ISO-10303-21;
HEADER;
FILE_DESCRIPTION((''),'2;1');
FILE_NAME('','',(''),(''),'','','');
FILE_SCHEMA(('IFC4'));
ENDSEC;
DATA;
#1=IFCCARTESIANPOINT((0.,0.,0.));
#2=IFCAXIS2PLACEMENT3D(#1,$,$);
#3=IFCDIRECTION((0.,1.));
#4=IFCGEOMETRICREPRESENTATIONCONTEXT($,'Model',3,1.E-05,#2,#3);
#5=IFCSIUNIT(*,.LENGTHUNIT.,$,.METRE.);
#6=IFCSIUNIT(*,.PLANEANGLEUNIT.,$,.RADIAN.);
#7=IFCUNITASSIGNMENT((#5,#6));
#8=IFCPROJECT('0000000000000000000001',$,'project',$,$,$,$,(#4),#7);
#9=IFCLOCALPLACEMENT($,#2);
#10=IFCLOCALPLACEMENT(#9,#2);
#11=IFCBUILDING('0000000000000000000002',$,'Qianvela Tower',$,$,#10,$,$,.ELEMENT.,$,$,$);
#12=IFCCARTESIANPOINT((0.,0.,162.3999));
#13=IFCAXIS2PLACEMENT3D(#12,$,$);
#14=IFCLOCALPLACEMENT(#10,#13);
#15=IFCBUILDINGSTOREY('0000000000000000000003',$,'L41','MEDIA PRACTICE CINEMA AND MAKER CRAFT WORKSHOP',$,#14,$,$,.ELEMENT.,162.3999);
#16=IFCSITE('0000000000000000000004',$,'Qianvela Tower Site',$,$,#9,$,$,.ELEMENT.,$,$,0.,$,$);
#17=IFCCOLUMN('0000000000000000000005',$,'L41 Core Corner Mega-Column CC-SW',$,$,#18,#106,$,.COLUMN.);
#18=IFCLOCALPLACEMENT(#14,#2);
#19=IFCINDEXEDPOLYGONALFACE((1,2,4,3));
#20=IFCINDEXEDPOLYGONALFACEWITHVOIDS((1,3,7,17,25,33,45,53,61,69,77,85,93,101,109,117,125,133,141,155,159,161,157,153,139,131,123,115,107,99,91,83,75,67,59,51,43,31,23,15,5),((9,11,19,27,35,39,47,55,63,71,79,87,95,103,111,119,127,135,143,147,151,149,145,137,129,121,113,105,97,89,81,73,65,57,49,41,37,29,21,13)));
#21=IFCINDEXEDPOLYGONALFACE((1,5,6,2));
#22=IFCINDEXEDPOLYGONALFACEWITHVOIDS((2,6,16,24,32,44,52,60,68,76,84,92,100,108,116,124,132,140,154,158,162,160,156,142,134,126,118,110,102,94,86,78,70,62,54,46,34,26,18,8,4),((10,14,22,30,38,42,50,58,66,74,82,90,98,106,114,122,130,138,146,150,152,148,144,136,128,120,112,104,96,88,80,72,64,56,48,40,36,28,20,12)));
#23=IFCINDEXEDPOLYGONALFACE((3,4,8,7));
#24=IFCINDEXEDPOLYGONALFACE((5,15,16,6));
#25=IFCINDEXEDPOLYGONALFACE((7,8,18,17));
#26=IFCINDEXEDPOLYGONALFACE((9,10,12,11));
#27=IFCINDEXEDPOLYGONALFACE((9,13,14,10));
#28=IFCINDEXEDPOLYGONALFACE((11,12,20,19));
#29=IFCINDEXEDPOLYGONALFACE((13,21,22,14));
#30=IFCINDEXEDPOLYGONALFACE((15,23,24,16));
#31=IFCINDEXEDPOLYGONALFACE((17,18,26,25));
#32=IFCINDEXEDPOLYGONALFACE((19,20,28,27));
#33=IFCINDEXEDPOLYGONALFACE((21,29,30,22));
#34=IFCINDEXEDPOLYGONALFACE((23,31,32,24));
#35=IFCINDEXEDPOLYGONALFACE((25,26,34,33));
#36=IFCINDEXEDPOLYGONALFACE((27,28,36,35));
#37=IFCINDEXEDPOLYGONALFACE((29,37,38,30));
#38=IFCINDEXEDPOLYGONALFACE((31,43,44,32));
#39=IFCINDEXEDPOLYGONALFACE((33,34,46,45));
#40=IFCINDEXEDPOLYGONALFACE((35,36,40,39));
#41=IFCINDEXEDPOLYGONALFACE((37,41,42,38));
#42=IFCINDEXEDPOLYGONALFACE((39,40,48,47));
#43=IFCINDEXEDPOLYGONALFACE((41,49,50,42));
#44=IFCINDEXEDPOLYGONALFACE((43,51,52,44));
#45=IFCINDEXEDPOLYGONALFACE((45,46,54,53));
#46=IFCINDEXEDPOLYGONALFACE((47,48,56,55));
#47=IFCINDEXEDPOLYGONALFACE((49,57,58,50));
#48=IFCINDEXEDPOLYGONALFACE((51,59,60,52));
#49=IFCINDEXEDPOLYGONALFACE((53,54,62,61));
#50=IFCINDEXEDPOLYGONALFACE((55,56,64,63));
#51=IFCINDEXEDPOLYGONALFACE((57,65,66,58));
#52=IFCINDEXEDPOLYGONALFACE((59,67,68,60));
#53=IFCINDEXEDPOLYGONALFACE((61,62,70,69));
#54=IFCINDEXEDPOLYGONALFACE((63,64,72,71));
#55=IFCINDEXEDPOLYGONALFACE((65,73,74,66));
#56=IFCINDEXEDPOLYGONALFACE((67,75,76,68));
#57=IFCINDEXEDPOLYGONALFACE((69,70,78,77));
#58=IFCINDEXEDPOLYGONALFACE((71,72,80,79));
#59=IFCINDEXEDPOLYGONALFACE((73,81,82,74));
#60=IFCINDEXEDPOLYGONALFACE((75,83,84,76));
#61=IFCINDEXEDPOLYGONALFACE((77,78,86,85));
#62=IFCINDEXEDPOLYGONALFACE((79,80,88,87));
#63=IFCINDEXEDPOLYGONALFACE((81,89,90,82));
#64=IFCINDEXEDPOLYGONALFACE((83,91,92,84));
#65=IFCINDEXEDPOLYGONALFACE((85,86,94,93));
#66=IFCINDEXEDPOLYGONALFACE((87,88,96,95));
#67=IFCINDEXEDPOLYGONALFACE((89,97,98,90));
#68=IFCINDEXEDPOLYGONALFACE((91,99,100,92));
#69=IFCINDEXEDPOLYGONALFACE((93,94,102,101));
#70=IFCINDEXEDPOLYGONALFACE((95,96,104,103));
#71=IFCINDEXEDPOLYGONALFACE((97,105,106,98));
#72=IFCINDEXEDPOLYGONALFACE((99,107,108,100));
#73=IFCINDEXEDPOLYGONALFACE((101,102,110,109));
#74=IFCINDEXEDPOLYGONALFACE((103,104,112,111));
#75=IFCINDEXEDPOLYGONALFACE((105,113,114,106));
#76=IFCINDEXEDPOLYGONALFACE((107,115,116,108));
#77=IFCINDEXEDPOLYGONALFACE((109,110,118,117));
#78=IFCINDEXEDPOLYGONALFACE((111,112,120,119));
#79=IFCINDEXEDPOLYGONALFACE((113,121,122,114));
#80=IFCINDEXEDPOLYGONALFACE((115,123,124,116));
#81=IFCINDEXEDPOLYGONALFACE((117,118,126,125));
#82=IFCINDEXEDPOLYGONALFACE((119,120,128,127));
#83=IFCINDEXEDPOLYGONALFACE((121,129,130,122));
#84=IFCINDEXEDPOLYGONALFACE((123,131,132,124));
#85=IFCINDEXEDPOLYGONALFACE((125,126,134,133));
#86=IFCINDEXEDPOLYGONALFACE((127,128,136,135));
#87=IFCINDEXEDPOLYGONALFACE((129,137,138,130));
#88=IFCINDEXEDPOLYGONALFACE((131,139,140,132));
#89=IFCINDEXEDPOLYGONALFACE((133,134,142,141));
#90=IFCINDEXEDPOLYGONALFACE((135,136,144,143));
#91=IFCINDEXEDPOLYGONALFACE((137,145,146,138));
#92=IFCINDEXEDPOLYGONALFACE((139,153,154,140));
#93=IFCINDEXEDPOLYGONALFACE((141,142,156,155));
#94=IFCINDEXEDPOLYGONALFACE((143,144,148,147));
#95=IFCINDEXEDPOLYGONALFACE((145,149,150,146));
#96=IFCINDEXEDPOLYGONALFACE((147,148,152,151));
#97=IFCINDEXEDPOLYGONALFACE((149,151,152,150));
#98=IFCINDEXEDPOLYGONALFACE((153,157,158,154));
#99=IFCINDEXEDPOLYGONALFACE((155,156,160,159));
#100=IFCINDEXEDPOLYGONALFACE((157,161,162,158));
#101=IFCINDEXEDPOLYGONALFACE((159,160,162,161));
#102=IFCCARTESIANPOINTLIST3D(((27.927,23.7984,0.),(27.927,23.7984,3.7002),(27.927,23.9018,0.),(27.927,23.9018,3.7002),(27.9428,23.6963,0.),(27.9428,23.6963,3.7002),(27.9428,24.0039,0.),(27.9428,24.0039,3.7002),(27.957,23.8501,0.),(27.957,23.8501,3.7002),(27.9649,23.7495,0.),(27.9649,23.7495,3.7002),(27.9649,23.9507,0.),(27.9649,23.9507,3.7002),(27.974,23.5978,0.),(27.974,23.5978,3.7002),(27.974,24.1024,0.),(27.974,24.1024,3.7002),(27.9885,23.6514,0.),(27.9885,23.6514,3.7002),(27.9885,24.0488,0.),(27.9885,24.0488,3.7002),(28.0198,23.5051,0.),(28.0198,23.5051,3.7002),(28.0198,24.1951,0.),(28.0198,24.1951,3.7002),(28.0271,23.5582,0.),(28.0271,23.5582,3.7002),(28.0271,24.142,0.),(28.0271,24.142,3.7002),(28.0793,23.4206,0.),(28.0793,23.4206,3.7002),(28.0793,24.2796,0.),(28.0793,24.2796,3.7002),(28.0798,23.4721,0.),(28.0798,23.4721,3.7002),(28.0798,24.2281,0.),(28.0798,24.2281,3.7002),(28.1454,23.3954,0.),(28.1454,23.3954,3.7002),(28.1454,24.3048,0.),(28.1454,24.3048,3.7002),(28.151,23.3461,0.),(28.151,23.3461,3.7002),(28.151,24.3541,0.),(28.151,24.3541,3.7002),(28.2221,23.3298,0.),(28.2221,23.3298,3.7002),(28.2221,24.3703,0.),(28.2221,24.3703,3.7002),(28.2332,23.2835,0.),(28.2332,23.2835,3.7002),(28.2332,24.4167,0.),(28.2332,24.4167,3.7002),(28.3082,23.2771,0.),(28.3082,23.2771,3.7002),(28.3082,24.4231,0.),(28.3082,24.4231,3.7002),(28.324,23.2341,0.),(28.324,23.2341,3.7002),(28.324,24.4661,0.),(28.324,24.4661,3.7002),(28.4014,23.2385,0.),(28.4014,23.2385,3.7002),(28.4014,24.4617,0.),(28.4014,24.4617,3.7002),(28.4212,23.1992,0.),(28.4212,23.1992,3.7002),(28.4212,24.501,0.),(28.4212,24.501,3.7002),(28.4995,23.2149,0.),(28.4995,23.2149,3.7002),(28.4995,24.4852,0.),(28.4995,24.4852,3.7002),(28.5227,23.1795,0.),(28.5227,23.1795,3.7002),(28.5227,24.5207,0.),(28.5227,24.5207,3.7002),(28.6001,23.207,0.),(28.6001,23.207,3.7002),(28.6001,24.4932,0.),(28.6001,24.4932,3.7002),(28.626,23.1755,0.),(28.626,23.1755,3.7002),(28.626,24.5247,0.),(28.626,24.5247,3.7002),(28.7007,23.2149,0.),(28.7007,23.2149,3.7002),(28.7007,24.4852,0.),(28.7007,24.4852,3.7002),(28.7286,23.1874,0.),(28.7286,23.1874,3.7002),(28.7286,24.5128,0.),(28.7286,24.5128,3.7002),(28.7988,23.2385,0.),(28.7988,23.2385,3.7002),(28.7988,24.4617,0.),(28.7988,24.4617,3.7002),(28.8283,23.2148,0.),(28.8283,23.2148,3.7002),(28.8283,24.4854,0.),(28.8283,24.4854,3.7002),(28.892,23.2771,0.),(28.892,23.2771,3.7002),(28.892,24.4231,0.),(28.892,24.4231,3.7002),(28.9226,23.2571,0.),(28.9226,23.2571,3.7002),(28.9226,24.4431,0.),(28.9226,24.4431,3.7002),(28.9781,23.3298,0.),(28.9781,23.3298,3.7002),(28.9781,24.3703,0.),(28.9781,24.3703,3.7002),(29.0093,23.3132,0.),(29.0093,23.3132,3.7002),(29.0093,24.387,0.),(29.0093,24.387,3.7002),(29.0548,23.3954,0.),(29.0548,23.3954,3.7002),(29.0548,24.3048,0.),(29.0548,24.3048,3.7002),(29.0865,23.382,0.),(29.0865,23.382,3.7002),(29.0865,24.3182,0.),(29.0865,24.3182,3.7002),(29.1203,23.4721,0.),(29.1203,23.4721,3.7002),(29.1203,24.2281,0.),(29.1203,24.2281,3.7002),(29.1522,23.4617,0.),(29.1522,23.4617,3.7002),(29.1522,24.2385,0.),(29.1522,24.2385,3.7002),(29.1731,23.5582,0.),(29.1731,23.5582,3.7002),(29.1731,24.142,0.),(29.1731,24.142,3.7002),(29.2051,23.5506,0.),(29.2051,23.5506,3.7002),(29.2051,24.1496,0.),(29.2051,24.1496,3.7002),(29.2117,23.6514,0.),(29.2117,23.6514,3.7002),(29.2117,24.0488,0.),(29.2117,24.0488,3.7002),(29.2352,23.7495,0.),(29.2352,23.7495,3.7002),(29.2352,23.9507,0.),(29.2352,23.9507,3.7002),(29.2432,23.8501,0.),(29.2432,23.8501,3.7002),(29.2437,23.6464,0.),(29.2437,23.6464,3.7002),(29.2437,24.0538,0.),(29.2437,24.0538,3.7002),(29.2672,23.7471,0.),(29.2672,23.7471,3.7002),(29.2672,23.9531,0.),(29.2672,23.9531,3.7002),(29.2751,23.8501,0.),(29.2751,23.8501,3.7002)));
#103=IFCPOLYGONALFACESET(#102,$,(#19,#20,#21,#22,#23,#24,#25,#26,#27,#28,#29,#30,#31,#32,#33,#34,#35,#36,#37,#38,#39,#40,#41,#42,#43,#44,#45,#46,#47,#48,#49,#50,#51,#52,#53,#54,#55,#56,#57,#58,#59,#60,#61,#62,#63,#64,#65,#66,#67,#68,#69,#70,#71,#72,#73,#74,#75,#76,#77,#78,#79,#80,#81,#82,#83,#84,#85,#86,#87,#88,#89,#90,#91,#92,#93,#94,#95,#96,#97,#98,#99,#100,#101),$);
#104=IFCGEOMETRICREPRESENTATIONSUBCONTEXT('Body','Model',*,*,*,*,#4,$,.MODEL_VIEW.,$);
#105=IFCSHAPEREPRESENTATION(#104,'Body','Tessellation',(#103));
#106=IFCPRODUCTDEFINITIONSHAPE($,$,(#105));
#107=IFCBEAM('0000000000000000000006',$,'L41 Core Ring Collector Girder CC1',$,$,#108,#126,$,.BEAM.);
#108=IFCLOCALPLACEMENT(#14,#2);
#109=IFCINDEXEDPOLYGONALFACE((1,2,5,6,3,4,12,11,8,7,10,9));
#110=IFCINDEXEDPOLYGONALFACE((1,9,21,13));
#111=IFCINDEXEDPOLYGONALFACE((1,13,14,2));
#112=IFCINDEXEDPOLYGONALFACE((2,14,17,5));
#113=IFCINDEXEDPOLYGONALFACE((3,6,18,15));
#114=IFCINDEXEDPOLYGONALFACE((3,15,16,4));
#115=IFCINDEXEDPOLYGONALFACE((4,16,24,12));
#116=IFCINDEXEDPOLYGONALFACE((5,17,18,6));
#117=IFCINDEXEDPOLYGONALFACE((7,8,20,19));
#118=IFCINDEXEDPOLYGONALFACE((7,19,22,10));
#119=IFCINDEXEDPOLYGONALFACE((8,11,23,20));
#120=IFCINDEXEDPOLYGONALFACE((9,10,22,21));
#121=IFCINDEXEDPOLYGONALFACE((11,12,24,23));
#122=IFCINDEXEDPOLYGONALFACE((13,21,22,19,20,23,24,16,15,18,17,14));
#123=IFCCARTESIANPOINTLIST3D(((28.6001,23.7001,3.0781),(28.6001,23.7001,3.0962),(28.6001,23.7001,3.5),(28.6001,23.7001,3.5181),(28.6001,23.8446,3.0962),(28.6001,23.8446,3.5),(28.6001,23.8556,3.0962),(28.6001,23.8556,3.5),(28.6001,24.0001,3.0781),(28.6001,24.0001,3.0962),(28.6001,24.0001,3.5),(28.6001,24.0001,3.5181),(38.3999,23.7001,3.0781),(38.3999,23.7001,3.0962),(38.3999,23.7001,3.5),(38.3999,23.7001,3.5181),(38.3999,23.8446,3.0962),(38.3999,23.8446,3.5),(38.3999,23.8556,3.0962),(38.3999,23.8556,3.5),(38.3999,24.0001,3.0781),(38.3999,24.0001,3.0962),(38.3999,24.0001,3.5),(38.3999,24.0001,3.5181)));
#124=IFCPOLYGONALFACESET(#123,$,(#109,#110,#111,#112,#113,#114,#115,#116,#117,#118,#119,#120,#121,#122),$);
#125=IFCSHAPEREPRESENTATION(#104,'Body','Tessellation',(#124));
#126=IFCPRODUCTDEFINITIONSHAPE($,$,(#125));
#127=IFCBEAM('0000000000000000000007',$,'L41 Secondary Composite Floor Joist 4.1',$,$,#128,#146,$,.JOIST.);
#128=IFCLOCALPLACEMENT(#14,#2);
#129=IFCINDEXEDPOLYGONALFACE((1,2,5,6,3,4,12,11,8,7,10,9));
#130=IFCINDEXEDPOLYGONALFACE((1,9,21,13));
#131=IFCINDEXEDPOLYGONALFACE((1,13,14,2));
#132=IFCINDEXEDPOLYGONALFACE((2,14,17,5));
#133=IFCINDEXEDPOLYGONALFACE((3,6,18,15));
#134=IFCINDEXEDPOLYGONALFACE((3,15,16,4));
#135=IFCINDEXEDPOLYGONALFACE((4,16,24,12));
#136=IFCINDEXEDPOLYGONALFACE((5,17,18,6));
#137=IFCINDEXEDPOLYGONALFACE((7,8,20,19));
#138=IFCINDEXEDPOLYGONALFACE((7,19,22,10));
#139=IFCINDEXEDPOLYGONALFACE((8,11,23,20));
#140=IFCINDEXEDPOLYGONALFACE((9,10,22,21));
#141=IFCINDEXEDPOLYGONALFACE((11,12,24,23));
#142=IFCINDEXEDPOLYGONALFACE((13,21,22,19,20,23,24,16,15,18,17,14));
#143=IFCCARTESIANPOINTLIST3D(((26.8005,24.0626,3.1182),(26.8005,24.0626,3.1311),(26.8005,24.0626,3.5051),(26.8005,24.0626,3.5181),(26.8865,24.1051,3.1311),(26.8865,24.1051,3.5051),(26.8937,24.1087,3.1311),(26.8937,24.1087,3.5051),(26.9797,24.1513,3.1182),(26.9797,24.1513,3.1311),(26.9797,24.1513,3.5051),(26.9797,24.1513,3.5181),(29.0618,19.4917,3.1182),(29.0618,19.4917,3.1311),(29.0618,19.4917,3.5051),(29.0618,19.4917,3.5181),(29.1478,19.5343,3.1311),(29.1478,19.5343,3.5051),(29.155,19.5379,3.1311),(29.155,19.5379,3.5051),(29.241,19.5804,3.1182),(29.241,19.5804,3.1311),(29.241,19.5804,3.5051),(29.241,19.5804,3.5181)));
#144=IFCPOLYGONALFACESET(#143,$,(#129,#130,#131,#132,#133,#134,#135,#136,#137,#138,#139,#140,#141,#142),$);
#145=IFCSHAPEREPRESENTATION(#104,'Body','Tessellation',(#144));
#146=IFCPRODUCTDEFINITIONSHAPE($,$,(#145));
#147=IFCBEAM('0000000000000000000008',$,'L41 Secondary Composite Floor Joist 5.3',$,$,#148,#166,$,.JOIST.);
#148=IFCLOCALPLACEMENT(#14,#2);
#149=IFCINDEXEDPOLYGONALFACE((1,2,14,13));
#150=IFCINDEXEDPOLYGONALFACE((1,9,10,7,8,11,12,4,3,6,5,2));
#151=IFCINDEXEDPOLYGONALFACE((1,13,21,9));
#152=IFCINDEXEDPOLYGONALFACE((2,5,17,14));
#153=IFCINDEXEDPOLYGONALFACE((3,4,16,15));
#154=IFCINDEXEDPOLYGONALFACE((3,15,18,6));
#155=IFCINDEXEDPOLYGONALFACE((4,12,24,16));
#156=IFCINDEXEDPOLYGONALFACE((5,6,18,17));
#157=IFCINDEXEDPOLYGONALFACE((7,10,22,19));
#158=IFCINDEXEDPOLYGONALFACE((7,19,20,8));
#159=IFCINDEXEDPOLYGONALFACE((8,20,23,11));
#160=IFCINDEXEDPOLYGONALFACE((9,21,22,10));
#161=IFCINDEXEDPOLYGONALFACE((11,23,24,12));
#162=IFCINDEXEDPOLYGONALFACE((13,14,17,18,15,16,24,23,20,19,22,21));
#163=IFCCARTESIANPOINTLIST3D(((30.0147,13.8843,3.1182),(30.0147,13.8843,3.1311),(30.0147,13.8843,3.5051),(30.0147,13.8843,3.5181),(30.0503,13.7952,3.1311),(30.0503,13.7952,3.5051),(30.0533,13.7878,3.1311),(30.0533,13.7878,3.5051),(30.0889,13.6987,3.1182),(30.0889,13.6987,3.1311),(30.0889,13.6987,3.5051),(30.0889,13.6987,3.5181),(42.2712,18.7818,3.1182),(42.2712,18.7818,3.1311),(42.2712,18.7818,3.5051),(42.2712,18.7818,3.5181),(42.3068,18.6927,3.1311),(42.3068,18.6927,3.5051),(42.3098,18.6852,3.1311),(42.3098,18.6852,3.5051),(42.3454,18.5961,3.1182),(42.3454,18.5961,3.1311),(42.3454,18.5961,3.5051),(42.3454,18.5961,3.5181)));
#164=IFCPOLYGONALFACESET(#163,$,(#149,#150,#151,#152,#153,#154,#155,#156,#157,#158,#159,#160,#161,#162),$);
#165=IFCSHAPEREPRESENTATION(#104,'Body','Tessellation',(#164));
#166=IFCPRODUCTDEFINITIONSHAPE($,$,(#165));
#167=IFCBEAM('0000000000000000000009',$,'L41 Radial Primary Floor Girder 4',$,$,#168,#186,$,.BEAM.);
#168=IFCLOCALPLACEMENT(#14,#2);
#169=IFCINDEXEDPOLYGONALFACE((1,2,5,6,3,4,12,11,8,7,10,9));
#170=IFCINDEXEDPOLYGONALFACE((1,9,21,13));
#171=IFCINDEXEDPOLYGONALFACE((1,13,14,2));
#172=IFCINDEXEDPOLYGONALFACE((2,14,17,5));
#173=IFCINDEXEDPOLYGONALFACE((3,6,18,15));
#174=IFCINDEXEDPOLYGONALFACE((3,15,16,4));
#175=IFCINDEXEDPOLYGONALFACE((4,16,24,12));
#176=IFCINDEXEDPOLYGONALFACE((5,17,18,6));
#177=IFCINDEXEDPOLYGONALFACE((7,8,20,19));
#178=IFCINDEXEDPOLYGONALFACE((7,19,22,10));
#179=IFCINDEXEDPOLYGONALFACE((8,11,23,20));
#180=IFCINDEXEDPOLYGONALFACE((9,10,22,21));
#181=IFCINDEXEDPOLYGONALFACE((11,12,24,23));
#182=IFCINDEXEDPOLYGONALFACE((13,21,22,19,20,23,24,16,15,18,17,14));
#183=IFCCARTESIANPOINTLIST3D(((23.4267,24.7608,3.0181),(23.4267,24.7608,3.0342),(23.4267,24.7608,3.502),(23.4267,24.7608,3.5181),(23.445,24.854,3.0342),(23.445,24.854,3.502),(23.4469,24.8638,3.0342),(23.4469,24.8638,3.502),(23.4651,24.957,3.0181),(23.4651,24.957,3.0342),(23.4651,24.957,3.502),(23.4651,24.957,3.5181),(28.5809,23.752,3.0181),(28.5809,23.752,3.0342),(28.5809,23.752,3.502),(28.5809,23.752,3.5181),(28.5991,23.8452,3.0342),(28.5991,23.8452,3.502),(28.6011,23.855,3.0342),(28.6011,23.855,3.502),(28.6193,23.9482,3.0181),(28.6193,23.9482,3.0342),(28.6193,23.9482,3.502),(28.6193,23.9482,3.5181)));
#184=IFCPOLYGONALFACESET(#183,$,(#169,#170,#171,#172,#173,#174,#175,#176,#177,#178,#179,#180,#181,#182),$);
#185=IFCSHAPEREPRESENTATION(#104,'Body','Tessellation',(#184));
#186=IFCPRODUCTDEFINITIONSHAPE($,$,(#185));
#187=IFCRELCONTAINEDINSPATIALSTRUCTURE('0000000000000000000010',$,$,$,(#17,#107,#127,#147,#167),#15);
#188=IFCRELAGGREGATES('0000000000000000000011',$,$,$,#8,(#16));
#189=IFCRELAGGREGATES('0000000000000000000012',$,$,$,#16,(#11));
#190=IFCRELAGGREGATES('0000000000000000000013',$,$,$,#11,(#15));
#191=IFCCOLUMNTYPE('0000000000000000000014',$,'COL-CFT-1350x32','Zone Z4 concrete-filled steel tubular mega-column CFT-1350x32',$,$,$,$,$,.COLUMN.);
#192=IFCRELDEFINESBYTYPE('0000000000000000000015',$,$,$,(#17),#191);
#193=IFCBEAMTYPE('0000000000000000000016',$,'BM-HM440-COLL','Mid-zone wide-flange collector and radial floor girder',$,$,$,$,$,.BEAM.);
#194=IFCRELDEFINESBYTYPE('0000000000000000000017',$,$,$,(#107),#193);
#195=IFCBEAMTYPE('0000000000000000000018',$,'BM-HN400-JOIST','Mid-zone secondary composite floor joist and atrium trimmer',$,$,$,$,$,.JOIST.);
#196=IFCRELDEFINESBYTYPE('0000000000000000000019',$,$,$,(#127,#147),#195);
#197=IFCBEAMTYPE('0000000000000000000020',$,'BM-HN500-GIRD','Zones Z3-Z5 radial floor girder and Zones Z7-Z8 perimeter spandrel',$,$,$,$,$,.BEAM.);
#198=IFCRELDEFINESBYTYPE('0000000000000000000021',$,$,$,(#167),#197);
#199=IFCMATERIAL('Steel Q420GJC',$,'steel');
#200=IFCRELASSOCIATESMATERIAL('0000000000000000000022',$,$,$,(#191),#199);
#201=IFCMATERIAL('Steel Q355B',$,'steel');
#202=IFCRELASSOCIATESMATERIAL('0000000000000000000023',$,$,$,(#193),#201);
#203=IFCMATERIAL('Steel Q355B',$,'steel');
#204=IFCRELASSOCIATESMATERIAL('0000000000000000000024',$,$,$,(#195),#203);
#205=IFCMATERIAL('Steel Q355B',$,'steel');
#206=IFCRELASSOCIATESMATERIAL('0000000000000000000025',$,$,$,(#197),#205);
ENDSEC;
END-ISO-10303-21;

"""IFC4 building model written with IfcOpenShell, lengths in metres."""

from ifc_helpers import new_model, si_unit, direction, frame, origin, origin_2d, place, context, subcontext, project, spatial, hollow_circle, i_section, extrude, material, material_profile, profile_set, type_object, element, save


model = new_model("IFC4")

# Units and contexts
model_context = context("Model", 3, precision=1e-05, world=origin(), true_north=direction((0.0, 1.0)))
body_context = subcontext(model_context, "Body", "Model", "MODEL_VIEW")
ifc_project = project(units=[si_unit("LENGTHUNIT", "METRE"), si_unit("PLANEANGLEUNIT", "RADIAN")], contexts=[model_context])

# Site, building, storey
site_placement = place(None, origin())
site = spatial("IfcSite", under=ifc_project, at=site_placement, Name="Qianvela Tower Site", CompositionType="ELEMENT", RefElevation=0.0)
building_placement = place(site_placement, origin())
building = spatial("IfcBuilding", under=site, at=building_placement, Name="Qianvela Tower", CompositionType="ELEMENT")
storey_placement = place(building_placement, frame((0.0, 0.0, 162.3999)))
storey = spatial("IfcBuildingStorey", under=building, at=storey_placement, Name="L41", Description="MEDIA PRACTICE CINEMA AND MAKER CRAFT WORKSHOP", CompositionType="ELEMENT", Elevation=162.3999)

# Column
ifc_material_1 = material(Name="Steel Q420GJC", Category="steel")
ifc_material_profile_1 = material_profile(ifc_material_1, hollow_circle(Radius=0.675, WallThickness=0.032, at=origin_2d()), Name="CFT-1350x32")
ifc_profile_set_1 = profile_set([ifc_material_profile_1], Name="Steel Q420GJC")
column_type = type_object("IfcColumnType", Name="COL-CFT-1350x32", Description="Zone Z4 concrete-filled steel tubular mega-column CFT-1350x32", PredefinedType="COLUMN", material=ifc_profile_set_1)
column_placement = place(storey_placement, frame((28.6001, 23.8501, 0.0), z_axis=(0.0, 0.0, 1.0), x_axis=(1.0, 0.0, 0.0)))
element("IfcColumn", 1, at=column_placement, inside=storey, type_object=column_type, Name="L41 Core Corner Mega-Column CC-SW", PredefinedType="COLUMN", context=body_context, shape_type="SweptSolid", body=[
    extrude(hollow_circle(Radius=0.675, WallThickness=0.032, at=origin_2d()), origin(), (0.0, 0.0, 1.0), 3.7002),
])

# Beams
ifc_material_2 = material(Name="Steel Q355B", Category="steel")
ifc_material_profile_2 = material_profile(ifc_material_2, i_section(OverallWidth=0.3, OverallDepth=0.4399, WebThickness=0.011, FlangeThickness=0.0181, at=origin_2d()), Name="HM440x300x11x18")
ifc_profile_set_2 = profile_set([ifc_material_profile_2], Name="Steel Q355B")
beam_type_1 = type_object("IfcBeamType", Name="BM-HM440-COLL", Description="Mid-zone wide-flange collector and radial floor girder", PredefinedType="BEAM", material=ifc_profile_set_2)
beam_1_placement = place(storey_placement, frame((28.6001, 23.8501, 3.2981), z_axis=(1.0, 0.0, 0.0), x_axis=(0.0, 1.0, 0.0)))
element("IfcBeam", 2, at=beam_1_placement, inside=storey, type_object=beam_type_1, Name="L41 Core Ring Collector Girder CC1", PredefinedType="BEAM", context=body_context, shape_type="SweptSolid", body=[
    extrude(i_section(OverallWidth=0.3, OverallDepth=0.4399, WebThickness=0.011, FlangeThickness=0.0181, at=origin_2d()), origin(), (0.0, 0.0, 1.0), 9.7998),
])
ifc_material_3 = material(Name="Steel Q355B", Category="steel")
ifc_material_profile_3 = material_profile(ifc_material_3, i_section(OverallWidth=0.2, OverallDepth=0.3999, WebThickness=0.0081, FlangeThickness=0.0129, at=origin_2d()), Name="HN400x200x8x13")
ifc_profile_set_3 = profile_set([ifc_material_profile_3], Name="Steel Q355B")
beam_type_2 = type_object("IfcBeamType", Name="BM-HN400-JOIST", Description="Mid-zone secondary composite floor joist and atrium trimmer", PredefinedType="JOIST", material=ifc_profile_set_3)
beam_2_placement = place(storey_placement, frame((26.8901, 24.1069, 3.3181), z_axis=(0.443418, -0.896315, 0.0), x_axis=(0.896315, 0.443418, 0.0)))
element("IfcBeam", 3, at=beam_2_placement, inside=storey, type_object=beam_type_2, Name="L41 Secondary Composite Floor Joist 4.1", PredefinedType="JOIST", context=body_context, shape_type="SweptSolid", body=[
    extrude(i_section(OverallWidth=0.2, OverallDepth=0.3999, WebThickness=0.0081, FlangeThickness=0.0129, at=origin_2d()), origin(), (0.0, 0.0, 1.0), 5.0996),
])
beam_3_placement = place(storey_placement, frame((30.0518, 13.7915, 3.3181), z_axis=(0.928612, 0.371053, 0.0), x_axis=(-0.371053, 0.928612, 0.0)))
element("IfcBeam", 4, at=beam_3_placement, inside=storey, type_object=beam_type_2, Name="L41 Secondary Composite Floor Joist 5.3", PredefinedType="JOIST", context=body_context, shape_type="SweptSolid", body=[
    extrude(i_section(OverallWidth=0.2, OverallDepth=0.3999, WebThickness=0.0081, FlangeThickness=0.0129, at=origin_2d()), origin(), (0.0, 0.0, 1.0), 13.1987),
])
ifc_material_4 = material(Name="Steel Q355B", Category="steel")
ifc_material_profile_4 = material_profile(ifc_material_4, i_section(OverallWidth=0.2, OverallDepth=0.5, WebThickness=0.01, FlangeThickness=0.0161, at=origin_2d()), Name="HN500x200x10x16")
ifc_profile_set_4 = profile_set([ifc_material_profile_4], Name="Steel Q355B")
beam_type_3 = type_object("IfcBeamType", Name="BM-HN500-GIRD", Description="Zones Z3-Z5 radial floor girder and Zones Z7-Z8 perimeter spandrel", PredefinedType="BEAM", material=ifc_profile_set_4)
beam_4_placement = place(storey_placement, frame((28.6001, 23.8501, 3.2681), z_axis=(-0.981379, 0.192083, 0.0), x_axis=(-0.192083, -0.981379, 0.0)))
element("IfcBeam", 5, at=beam_4_placement, inside=storey, type_object=beam_type_3, Name="L41 Radial Primary Floor Girder 4", PredefinedType="BEAM", context=body_context, shape_type="SweptSolid", body=[
    extrude(i_section(OverallWidth=0.2, OverallDepth=0.5, WebThickness=0.01, FlangeThickness=0.0161, at=origin_2d()), origin(), (0.0, 0.0, 1.0), 5.252),
])

save(model, "model.ifc")
